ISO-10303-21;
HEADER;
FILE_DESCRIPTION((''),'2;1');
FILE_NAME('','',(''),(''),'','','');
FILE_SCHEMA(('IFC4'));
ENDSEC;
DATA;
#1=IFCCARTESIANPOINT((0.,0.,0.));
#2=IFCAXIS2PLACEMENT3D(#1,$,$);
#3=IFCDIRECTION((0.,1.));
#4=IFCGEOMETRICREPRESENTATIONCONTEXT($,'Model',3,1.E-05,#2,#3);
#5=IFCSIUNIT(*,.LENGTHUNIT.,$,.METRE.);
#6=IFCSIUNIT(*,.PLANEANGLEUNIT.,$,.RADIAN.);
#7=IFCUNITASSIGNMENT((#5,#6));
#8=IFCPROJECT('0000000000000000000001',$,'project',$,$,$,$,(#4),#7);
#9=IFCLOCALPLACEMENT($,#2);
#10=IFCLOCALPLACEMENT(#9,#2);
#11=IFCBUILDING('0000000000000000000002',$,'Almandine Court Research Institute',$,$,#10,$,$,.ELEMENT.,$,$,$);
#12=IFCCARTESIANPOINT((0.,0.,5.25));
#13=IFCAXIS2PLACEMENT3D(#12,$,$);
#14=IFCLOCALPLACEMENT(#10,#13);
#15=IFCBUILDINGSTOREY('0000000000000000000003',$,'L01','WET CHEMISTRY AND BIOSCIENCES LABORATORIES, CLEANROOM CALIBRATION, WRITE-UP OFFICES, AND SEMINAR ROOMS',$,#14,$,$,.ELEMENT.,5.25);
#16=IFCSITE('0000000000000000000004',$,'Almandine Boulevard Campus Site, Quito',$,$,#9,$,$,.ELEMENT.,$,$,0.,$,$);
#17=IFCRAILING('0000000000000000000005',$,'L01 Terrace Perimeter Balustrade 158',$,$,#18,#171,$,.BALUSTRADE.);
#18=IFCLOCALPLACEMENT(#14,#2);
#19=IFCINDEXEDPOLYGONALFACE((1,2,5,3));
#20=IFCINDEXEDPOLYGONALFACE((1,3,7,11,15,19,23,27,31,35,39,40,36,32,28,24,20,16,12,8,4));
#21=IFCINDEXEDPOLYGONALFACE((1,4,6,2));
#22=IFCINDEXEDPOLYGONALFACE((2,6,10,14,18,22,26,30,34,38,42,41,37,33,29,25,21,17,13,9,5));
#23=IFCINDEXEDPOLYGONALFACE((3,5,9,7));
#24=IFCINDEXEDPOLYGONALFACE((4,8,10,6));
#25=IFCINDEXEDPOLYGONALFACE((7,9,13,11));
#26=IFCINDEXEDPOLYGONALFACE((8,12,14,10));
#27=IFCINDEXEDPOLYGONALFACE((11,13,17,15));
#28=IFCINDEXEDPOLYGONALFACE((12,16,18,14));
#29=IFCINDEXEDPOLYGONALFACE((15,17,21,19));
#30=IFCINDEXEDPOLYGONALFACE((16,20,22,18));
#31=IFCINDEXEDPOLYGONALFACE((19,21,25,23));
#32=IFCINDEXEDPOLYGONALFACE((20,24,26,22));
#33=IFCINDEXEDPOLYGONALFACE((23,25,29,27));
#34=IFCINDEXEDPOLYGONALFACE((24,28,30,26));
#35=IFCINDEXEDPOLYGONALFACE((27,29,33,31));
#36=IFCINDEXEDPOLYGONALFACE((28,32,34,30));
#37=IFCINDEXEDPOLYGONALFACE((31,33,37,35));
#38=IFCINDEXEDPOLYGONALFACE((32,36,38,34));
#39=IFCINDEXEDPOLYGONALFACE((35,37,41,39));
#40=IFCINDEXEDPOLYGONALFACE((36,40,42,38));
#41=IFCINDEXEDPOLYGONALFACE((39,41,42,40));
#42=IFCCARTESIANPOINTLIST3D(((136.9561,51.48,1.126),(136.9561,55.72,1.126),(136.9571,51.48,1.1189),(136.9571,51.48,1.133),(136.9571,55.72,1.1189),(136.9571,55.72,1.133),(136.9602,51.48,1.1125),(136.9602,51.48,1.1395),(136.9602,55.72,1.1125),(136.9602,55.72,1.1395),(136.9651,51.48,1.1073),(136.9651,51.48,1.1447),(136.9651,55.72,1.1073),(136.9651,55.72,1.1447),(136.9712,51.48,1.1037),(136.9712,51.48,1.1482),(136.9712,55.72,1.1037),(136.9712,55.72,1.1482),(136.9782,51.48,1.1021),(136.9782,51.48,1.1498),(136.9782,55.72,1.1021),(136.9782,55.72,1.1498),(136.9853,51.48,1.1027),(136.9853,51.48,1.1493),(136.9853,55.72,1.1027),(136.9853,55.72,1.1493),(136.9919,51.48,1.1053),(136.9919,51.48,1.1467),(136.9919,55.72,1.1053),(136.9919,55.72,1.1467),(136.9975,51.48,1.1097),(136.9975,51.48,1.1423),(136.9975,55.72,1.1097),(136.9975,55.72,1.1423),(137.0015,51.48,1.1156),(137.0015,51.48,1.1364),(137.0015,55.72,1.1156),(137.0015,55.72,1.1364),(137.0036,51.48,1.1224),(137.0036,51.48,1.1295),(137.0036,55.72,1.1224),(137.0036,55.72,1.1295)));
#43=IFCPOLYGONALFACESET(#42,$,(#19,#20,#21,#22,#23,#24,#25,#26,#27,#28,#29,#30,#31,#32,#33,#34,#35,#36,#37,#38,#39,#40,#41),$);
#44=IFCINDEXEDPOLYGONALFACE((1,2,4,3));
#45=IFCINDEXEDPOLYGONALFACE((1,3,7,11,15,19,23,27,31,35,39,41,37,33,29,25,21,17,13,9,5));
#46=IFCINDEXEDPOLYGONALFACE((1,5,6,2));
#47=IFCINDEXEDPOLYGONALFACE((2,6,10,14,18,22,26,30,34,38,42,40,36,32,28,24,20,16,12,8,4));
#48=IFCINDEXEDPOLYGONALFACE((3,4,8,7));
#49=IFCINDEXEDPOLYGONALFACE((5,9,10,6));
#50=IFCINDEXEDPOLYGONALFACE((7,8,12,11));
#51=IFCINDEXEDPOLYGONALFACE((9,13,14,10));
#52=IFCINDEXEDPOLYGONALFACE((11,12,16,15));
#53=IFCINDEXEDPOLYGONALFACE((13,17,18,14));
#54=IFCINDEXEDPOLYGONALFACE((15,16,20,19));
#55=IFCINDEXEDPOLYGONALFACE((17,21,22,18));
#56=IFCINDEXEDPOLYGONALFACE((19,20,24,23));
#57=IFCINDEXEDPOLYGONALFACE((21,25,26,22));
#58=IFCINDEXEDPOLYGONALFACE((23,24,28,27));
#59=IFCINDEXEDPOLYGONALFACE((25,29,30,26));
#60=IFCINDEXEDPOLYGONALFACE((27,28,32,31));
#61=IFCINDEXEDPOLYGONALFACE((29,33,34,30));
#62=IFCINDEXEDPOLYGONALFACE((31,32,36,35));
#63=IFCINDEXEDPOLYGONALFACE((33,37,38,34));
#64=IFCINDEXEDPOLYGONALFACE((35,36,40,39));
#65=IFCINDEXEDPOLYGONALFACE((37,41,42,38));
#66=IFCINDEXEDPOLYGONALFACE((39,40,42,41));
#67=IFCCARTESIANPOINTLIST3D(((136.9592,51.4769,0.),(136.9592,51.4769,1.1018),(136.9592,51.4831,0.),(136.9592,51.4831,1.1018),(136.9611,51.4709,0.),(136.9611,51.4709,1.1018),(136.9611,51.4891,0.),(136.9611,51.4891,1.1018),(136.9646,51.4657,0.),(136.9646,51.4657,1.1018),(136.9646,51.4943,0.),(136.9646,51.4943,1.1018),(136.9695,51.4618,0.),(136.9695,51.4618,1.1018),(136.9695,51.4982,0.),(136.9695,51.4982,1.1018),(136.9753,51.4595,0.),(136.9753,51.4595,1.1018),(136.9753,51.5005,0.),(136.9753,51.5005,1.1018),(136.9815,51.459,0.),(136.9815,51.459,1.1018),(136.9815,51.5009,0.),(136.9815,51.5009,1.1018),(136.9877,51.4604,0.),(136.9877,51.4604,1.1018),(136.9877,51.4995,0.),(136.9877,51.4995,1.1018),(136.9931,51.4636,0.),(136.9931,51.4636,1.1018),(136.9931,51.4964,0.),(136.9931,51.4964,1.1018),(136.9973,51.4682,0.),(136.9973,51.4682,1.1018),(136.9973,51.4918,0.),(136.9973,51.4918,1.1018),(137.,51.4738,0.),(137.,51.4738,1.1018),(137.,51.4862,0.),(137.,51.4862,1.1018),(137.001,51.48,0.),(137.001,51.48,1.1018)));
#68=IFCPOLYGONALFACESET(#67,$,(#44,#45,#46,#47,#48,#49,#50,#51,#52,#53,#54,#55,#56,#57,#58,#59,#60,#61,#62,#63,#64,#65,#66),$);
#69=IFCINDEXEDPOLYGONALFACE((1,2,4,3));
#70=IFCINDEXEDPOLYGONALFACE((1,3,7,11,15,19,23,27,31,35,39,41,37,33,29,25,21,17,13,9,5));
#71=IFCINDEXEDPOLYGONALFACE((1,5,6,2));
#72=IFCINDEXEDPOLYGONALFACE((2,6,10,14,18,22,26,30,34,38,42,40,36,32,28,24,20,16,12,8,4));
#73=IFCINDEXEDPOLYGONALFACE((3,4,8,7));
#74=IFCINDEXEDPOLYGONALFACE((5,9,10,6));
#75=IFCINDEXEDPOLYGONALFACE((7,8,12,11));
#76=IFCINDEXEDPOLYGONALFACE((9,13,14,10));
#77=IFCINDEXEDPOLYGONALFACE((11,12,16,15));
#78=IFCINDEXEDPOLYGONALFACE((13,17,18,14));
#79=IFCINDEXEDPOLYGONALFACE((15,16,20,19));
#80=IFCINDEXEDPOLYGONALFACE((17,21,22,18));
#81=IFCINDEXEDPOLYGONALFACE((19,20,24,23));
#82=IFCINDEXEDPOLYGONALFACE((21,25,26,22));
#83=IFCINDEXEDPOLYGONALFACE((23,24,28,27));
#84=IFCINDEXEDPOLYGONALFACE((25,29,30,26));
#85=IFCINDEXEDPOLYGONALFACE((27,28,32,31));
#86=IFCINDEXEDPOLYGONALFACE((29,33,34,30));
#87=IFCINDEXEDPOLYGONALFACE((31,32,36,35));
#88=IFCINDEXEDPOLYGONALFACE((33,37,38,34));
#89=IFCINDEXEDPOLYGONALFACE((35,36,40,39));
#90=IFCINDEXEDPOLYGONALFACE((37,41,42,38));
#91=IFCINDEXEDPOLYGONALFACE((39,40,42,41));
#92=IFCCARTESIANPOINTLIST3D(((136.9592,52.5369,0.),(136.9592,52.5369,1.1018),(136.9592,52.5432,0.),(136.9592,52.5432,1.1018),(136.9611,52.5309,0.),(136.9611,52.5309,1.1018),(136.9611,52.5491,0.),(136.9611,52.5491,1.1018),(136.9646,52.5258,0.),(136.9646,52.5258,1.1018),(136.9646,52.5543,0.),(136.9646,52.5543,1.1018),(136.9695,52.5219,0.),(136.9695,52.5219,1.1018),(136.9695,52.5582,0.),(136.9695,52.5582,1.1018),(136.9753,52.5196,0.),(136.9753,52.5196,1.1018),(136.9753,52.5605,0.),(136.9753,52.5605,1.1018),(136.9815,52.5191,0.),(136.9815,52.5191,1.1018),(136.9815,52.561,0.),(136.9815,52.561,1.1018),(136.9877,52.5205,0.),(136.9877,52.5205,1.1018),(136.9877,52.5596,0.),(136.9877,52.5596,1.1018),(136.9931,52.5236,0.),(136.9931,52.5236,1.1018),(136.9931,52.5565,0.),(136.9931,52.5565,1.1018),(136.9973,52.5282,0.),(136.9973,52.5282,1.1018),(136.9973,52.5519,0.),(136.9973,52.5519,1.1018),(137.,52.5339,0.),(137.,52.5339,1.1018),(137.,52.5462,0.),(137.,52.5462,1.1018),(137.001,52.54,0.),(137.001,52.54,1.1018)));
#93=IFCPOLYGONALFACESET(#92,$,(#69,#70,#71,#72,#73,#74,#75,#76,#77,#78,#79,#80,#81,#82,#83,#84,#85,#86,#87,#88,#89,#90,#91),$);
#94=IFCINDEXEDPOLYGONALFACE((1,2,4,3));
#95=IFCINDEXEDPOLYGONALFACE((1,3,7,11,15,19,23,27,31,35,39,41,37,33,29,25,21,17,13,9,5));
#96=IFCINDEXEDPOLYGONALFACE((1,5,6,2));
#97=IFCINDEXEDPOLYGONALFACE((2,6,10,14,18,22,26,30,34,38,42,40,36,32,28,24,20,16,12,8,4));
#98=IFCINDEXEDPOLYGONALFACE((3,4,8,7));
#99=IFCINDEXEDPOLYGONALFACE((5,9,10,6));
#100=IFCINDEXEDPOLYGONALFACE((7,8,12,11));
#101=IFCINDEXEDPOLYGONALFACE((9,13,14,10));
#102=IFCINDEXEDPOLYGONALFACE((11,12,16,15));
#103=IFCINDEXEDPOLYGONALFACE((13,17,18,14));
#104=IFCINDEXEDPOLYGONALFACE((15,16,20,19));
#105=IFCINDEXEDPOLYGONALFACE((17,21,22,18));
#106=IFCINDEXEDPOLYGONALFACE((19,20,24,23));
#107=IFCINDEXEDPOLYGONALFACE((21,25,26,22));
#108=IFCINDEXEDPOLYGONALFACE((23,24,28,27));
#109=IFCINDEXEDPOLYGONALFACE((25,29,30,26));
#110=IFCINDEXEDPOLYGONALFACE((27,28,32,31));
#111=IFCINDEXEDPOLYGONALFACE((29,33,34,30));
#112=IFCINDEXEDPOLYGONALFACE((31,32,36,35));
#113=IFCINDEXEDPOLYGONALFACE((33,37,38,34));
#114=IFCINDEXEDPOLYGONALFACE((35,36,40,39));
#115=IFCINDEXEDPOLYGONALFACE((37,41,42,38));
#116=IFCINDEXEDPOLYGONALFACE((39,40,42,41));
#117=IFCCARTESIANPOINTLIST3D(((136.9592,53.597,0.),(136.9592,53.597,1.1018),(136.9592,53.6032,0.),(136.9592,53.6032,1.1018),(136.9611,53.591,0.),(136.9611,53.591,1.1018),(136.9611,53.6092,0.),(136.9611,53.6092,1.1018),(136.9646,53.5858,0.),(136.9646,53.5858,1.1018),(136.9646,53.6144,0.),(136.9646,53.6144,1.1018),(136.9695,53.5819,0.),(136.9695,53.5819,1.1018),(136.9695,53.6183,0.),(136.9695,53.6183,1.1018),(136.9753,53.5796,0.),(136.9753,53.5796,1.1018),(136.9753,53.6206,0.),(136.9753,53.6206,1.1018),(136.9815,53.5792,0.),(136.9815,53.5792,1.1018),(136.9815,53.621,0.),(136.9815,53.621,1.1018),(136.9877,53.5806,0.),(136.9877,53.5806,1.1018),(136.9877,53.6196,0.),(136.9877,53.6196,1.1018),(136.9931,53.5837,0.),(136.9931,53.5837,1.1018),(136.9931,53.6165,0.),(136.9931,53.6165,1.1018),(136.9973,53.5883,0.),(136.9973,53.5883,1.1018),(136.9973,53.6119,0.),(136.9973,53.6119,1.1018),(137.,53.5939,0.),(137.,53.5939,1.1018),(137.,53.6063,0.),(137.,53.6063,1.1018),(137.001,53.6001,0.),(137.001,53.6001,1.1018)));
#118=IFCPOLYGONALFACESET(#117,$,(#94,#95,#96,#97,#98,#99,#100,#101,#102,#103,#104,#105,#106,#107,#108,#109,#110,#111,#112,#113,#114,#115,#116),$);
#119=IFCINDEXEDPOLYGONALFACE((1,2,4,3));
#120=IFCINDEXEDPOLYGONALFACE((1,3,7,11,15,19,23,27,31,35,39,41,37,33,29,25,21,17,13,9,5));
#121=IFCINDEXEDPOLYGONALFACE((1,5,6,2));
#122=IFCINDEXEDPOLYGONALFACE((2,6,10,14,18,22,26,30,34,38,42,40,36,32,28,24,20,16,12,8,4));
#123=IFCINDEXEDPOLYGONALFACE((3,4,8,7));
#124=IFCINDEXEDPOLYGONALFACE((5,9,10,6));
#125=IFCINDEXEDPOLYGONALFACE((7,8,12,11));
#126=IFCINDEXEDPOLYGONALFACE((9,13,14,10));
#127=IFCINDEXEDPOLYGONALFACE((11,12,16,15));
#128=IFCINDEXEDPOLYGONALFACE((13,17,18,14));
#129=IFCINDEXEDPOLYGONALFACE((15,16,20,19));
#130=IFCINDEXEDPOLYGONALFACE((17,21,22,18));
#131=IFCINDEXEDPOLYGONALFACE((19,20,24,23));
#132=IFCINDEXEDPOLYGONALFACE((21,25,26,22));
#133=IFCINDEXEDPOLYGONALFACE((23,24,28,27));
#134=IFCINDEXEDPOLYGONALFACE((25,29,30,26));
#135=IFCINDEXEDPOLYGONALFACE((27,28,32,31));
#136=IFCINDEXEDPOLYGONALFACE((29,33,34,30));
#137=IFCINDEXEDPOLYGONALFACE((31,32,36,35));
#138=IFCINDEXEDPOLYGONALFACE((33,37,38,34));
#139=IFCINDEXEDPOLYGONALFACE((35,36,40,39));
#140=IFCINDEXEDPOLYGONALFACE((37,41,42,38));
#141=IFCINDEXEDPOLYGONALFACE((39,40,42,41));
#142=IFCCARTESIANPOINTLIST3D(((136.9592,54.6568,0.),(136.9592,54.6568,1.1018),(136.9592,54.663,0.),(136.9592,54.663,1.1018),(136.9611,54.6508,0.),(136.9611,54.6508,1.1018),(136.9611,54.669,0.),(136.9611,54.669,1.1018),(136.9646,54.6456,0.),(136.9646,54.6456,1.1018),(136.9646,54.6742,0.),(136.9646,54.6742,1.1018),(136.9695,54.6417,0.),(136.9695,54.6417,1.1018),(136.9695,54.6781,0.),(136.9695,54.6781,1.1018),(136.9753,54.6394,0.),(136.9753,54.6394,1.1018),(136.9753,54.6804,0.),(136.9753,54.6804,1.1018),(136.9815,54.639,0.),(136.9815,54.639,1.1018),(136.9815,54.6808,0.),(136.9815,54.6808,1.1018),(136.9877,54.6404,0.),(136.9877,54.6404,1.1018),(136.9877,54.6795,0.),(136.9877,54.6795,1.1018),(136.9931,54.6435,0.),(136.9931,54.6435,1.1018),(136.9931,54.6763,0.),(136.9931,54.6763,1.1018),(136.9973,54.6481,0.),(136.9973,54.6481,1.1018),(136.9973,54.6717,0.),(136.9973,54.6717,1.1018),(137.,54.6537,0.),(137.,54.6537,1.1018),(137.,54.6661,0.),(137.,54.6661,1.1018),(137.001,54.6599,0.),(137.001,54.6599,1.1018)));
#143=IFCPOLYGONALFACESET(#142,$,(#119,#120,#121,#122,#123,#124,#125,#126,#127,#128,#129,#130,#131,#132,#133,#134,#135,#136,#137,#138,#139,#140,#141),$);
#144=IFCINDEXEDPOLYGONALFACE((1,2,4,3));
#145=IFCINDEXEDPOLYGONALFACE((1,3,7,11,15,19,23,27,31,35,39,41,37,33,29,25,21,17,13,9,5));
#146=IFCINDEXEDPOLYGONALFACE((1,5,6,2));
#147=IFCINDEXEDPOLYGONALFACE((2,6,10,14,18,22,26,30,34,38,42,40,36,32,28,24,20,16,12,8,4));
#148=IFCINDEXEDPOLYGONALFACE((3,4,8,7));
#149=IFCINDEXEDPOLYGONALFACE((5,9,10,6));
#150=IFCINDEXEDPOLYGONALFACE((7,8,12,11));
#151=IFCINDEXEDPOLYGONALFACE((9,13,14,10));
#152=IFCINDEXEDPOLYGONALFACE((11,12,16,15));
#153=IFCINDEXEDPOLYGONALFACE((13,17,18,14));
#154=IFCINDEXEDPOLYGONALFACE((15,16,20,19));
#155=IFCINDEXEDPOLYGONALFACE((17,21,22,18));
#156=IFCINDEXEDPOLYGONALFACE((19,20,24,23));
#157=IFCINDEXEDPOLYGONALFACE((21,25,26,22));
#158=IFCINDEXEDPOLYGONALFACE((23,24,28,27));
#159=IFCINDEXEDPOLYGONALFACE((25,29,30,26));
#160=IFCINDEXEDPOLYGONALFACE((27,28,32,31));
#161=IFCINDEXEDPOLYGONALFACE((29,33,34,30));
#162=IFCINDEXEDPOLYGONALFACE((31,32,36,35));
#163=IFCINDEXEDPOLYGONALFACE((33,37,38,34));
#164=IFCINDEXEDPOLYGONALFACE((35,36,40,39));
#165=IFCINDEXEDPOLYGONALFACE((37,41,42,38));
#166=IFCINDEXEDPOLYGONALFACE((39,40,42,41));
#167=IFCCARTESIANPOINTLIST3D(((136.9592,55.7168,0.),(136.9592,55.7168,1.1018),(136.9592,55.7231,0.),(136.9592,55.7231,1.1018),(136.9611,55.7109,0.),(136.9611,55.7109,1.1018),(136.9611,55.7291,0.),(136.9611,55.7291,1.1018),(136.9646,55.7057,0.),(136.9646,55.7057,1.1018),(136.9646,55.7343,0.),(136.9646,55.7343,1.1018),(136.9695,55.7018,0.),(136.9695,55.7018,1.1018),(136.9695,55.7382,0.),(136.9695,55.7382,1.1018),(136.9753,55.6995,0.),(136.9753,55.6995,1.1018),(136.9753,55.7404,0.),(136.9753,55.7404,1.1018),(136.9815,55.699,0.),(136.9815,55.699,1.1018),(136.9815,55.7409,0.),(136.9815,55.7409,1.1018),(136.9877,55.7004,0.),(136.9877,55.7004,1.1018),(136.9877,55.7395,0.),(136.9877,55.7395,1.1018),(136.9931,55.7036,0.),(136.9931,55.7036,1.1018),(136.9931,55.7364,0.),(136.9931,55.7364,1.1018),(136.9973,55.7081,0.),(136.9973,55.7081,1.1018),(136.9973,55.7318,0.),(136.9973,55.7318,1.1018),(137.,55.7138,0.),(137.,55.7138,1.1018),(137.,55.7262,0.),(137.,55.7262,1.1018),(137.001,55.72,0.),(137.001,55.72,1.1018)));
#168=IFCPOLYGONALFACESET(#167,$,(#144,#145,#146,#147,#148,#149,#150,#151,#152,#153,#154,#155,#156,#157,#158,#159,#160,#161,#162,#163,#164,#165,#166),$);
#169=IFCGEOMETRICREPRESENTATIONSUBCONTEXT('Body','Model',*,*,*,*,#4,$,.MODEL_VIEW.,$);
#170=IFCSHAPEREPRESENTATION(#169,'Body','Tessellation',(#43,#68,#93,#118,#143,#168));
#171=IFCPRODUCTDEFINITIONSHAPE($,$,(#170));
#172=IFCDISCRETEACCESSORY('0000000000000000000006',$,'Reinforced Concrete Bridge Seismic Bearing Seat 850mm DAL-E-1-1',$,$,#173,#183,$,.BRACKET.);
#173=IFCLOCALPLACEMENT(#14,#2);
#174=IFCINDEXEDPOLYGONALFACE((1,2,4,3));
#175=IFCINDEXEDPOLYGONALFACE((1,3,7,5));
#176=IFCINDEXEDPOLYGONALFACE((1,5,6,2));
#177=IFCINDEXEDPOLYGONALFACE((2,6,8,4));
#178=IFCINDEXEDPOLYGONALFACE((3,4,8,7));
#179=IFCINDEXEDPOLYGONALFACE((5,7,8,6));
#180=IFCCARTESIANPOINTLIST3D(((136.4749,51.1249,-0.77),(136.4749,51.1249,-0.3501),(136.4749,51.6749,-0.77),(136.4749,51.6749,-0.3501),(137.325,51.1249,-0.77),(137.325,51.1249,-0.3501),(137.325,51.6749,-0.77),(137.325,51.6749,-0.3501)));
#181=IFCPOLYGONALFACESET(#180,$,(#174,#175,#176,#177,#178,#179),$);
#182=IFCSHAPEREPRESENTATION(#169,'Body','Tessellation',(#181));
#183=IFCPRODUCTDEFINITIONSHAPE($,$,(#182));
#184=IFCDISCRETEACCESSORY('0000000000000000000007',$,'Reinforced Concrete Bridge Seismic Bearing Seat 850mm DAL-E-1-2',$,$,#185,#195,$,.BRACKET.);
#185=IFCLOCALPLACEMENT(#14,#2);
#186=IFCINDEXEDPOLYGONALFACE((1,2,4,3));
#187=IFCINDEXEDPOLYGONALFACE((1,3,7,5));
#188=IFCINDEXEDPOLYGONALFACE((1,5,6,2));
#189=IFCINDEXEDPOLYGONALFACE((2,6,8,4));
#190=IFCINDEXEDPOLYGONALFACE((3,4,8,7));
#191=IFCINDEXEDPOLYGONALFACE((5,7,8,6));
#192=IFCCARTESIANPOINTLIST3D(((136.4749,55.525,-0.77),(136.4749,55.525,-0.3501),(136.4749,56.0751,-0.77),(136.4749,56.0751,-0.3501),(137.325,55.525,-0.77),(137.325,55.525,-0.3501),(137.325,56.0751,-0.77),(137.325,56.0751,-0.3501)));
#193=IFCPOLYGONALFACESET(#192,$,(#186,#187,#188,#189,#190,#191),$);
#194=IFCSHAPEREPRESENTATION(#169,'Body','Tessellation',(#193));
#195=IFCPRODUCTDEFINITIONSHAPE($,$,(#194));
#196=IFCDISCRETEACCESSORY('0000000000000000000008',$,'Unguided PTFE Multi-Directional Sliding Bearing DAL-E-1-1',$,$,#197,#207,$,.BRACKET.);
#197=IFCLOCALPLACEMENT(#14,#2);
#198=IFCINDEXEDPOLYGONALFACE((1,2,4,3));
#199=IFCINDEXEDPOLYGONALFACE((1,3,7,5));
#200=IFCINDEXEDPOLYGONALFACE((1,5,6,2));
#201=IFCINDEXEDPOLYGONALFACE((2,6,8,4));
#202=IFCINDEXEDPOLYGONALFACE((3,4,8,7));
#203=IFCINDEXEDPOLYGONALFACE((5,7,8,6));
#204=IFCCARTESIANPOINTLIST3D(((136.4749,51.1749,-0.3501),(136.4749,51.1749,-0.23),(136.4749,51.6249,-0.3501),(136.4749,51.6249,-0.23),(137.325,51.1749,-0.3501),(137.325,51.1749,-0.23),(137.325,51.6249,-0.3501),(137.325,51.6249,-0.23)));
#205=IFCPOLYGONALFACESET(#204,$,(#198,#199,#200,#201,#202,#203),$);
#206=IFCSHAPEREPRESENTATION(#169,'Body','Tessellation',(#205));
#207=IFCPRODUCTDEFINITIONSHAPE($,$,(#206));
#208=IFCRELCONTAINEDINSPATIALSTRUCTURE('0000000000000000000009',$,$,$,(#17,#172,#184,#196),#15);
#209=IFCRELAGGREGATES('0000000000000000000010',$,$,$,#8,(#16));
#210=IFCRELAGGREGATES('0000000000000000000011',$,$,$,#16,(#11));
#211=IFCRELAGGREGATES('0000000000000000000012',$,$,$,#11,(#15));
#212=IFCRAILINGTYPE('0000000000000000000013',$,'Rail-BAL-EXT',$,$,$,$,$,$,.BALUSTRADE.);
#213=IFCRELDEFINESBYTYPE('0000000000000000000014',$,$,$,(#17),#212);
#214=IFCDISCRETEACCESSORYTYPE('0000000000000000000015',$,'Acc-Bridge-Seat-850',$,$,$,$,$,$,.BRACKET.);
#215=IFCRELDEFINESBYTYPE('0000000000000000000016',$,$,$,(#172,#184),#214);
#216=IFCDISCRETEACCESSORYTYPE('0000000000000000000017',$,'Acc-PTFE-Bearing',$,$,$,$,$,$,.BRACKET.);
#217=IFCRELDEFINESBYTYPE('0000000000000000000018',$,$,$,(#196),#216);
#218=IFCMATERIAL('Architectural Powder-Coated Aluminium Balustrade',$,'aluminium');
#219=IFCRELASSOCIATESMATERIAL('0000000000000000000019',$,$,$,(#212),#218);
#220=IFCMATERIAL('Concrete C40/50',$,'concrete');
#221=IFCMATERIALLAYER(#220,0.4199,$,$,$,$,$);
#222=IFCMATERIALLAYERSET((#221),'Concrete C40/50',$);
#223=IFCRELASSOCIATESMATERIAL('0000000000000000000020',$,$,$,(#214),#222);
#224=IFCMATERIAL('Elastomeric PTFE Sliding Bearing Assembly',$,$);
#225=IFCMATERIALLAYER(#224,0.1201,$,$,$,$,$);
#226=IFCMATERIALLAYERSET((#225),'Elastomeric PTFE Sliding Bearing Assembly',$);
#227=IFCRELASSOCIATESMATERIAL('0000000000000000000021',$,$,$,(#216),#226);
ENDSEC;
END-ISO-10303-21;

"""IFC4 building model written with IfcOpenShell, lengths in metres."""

from ifc_helpers import new_model, si_unit, direction, frame, origin, origin_2d, place, context, subcontext, project, spatial, rectangle, circle, extrude, material, layer, layer_set, type_object, element, save


model = new_model("IFC4")

# Units and contexts
model_context = context("Model", 3, precision=1e-05, world=origin(), true_north=direction((0.0, 1.0)))
body_context = subcontext(model_context, "Body", "Model", "MODEL_VIEW")
ifc_project = project(units=[si_unit("LENGTHUNIT", "METRE"), si_unit("PLANEANGLEUNIT", "RADIAN")], contexts=[model_context])

# Site, building, storey
site_placement = place(None, origin())
site = spatial("IfcSite", under=ifc_project, at=site_placement, Name="Almandine Boulevard Campus Site, Quito", CompositionType="ELEMENT", RefElevation=0.0)
building_placement = place(site_placement, origin())
building = spatial("IfcBuilding", under=site, at=building_placement, Name="Almandine Court Research Institute", CompositionType="ELEMENT")
storey_placement = place(building_placement, frame((0.0, 0.0, 5.25)))
storey = spatial("IfcBuildingStorey", under=building, at=storey_placement, Name="L01", Description="WET CHEMISTRY AND BIOSCIENCES LABORATORIES, CLEANROOM CALIBRATION, WRITE-UP OFFICES, AND SEMINAR ROOMS", CompositionType="ELEMENT", Elevation=5.25)

# Railing
ifc_material_1 = material(Name="Architectural Powder-Coated Aluminium Balustrade", Category="aluminium")
railing_type = type_object("IfcRailingType", Name="Rail-BAL-EXT", PredefinedType="BALUSTRADE", material=ifc_material_1)
railing_1_placement = place(storey_placement, frame((136.98, 51.48, 0.0)))
element("IfcRailing", 1, at=railing_1_placement, inside=storey, type_object=railing_type, Name="L01 Terrace Perimeter Balustrade 158", PredefinedType="BALUSTRADE", context=body_context, shape_type="SweptSolid", body=[
    extrude(circle(Radius=0.0239, at=origin_2d()), frame((0.0, 0.0, 1.126), z_axis=(0.0, 1.0, 0.0), x_axis=(-1.0, 0.0, 0.0)), (0.0, 0.0, 1.0), 4.24),
    extrude(circle(Radius=0.021, at=origin_2d()), origin(), (0.0, 0.0, 1.0), 1.1018),
    extrude(circle(Radius=0.021, at=origin_2d()), frame((0.0, 1.0601, 0.0)), (0.0, 0.0, 1.0), 1.1018),
    extrude(circle(Radius=0.021, at=origin_2d()), frame((0.0, 2.1201, 0.0)), (0.0, 0.0, 1.0), 1.1018),
    extrude(circle(Radius=0.021, at=origin_2d()), frame((0.0, 3.1799, 0.0)), (0.0, 0.0, 1.0), 1.1018),
    extrude(circle(Radius=0.021, at=origin_2d()), frame((0.0, 4.24, 0.0)), (0.0, 0.0, 1.0), 1.1018),
])

# Discrete accessories
ifc_material_2 = material(Name="Concrete C40/50", Category="concrete")
ifc_layer_1 = layer(ifc_material_2, 0.4199)
ifc_layer_set_1 = layer_set([ifc_layer_1], Name="Concrete C40/50")
discrete_accessory_type_1 = type_object("IfcDiscreteAccessoryType", Name="Acc-Bridge-Seat-850", PredefinedType="BRACKET", material=ifc_layer_set_1)
for number, where, z_axis, x_axis, name in (
    (2, (136.8999, 51.3999, -0.77), (0.0, 0.0, 1.0), (1.0, 0.0, 0.0), "Reinforced Concrete Bridge Seismic Bearing Seat 850mm DAL-E-1-1"),
    (3, (136.8999, 55.8, -0.77), (0.0, 0.0, 1.0), (1.0, 0.0, 0.0), "Reinforced Concrete Bridge Seismic Bearing Seat 850mm DAL-E-1-2"),
):
    element("IfcDiscreteAccessory", number, at=place(storey_placement, frame(where, z_axis=z_axis, x_axis=x_axis)), inside=storey, type_object=discrete_accessory_type_1, Name=name, PredefinedType="BRACKET", context=body_context, shape_type="SweptSolid", body=[
        extrude(rectangle(XDim=0.8501, YDim=0.55, at=origin_2d()), origin(), (0.0, 0.0, 1.0), 0.4199),
    ])
ifc_material_3 = material(Name="Elastomeric PTFE Sliding Bearing Assembly")
ifc_layer_2 = layer(ifc_material_3, 0.1201)
ifc_layer_set_2 = layer_set([ifc_layer_2], Name="Elastomeric PTFE Sliding Bearing Assembly")
discrete_accessory_type_2 = type_object("IfcDiscreteAccessoryType", Name="Acc-PTFE-Bearing", PredefinedType="BRACKET", material=ifc_layer_set_2)
for number, where, z_axis, x_axis, name in (
    (4, (136.8999, 51.3999, -0.3501), (0.0, 0.0, 1.0), (1.0, 0.0, 0.0), "Unguided PTFE Multi-Directional Sliding Bearing DAL-E-1-1"),
):
    element("IfcDiscreteAccessory", number, at=place(storey_placement, frame(where, z_axis=z_axis, x_axis=x_axis)), inside=storey, type_object=discrete_accessory_type_2, Name=name, PredefinedType="BRACKET", context=body_context, shape_type="SweptSolid", body=[
        extrude(rectangle(XDim=0.8501, YDim=0.45, at=origin_2d()), origin(), (0.0, 0.0, 1.0), 0.1201),
    ])

save(model, "model.ifc")
